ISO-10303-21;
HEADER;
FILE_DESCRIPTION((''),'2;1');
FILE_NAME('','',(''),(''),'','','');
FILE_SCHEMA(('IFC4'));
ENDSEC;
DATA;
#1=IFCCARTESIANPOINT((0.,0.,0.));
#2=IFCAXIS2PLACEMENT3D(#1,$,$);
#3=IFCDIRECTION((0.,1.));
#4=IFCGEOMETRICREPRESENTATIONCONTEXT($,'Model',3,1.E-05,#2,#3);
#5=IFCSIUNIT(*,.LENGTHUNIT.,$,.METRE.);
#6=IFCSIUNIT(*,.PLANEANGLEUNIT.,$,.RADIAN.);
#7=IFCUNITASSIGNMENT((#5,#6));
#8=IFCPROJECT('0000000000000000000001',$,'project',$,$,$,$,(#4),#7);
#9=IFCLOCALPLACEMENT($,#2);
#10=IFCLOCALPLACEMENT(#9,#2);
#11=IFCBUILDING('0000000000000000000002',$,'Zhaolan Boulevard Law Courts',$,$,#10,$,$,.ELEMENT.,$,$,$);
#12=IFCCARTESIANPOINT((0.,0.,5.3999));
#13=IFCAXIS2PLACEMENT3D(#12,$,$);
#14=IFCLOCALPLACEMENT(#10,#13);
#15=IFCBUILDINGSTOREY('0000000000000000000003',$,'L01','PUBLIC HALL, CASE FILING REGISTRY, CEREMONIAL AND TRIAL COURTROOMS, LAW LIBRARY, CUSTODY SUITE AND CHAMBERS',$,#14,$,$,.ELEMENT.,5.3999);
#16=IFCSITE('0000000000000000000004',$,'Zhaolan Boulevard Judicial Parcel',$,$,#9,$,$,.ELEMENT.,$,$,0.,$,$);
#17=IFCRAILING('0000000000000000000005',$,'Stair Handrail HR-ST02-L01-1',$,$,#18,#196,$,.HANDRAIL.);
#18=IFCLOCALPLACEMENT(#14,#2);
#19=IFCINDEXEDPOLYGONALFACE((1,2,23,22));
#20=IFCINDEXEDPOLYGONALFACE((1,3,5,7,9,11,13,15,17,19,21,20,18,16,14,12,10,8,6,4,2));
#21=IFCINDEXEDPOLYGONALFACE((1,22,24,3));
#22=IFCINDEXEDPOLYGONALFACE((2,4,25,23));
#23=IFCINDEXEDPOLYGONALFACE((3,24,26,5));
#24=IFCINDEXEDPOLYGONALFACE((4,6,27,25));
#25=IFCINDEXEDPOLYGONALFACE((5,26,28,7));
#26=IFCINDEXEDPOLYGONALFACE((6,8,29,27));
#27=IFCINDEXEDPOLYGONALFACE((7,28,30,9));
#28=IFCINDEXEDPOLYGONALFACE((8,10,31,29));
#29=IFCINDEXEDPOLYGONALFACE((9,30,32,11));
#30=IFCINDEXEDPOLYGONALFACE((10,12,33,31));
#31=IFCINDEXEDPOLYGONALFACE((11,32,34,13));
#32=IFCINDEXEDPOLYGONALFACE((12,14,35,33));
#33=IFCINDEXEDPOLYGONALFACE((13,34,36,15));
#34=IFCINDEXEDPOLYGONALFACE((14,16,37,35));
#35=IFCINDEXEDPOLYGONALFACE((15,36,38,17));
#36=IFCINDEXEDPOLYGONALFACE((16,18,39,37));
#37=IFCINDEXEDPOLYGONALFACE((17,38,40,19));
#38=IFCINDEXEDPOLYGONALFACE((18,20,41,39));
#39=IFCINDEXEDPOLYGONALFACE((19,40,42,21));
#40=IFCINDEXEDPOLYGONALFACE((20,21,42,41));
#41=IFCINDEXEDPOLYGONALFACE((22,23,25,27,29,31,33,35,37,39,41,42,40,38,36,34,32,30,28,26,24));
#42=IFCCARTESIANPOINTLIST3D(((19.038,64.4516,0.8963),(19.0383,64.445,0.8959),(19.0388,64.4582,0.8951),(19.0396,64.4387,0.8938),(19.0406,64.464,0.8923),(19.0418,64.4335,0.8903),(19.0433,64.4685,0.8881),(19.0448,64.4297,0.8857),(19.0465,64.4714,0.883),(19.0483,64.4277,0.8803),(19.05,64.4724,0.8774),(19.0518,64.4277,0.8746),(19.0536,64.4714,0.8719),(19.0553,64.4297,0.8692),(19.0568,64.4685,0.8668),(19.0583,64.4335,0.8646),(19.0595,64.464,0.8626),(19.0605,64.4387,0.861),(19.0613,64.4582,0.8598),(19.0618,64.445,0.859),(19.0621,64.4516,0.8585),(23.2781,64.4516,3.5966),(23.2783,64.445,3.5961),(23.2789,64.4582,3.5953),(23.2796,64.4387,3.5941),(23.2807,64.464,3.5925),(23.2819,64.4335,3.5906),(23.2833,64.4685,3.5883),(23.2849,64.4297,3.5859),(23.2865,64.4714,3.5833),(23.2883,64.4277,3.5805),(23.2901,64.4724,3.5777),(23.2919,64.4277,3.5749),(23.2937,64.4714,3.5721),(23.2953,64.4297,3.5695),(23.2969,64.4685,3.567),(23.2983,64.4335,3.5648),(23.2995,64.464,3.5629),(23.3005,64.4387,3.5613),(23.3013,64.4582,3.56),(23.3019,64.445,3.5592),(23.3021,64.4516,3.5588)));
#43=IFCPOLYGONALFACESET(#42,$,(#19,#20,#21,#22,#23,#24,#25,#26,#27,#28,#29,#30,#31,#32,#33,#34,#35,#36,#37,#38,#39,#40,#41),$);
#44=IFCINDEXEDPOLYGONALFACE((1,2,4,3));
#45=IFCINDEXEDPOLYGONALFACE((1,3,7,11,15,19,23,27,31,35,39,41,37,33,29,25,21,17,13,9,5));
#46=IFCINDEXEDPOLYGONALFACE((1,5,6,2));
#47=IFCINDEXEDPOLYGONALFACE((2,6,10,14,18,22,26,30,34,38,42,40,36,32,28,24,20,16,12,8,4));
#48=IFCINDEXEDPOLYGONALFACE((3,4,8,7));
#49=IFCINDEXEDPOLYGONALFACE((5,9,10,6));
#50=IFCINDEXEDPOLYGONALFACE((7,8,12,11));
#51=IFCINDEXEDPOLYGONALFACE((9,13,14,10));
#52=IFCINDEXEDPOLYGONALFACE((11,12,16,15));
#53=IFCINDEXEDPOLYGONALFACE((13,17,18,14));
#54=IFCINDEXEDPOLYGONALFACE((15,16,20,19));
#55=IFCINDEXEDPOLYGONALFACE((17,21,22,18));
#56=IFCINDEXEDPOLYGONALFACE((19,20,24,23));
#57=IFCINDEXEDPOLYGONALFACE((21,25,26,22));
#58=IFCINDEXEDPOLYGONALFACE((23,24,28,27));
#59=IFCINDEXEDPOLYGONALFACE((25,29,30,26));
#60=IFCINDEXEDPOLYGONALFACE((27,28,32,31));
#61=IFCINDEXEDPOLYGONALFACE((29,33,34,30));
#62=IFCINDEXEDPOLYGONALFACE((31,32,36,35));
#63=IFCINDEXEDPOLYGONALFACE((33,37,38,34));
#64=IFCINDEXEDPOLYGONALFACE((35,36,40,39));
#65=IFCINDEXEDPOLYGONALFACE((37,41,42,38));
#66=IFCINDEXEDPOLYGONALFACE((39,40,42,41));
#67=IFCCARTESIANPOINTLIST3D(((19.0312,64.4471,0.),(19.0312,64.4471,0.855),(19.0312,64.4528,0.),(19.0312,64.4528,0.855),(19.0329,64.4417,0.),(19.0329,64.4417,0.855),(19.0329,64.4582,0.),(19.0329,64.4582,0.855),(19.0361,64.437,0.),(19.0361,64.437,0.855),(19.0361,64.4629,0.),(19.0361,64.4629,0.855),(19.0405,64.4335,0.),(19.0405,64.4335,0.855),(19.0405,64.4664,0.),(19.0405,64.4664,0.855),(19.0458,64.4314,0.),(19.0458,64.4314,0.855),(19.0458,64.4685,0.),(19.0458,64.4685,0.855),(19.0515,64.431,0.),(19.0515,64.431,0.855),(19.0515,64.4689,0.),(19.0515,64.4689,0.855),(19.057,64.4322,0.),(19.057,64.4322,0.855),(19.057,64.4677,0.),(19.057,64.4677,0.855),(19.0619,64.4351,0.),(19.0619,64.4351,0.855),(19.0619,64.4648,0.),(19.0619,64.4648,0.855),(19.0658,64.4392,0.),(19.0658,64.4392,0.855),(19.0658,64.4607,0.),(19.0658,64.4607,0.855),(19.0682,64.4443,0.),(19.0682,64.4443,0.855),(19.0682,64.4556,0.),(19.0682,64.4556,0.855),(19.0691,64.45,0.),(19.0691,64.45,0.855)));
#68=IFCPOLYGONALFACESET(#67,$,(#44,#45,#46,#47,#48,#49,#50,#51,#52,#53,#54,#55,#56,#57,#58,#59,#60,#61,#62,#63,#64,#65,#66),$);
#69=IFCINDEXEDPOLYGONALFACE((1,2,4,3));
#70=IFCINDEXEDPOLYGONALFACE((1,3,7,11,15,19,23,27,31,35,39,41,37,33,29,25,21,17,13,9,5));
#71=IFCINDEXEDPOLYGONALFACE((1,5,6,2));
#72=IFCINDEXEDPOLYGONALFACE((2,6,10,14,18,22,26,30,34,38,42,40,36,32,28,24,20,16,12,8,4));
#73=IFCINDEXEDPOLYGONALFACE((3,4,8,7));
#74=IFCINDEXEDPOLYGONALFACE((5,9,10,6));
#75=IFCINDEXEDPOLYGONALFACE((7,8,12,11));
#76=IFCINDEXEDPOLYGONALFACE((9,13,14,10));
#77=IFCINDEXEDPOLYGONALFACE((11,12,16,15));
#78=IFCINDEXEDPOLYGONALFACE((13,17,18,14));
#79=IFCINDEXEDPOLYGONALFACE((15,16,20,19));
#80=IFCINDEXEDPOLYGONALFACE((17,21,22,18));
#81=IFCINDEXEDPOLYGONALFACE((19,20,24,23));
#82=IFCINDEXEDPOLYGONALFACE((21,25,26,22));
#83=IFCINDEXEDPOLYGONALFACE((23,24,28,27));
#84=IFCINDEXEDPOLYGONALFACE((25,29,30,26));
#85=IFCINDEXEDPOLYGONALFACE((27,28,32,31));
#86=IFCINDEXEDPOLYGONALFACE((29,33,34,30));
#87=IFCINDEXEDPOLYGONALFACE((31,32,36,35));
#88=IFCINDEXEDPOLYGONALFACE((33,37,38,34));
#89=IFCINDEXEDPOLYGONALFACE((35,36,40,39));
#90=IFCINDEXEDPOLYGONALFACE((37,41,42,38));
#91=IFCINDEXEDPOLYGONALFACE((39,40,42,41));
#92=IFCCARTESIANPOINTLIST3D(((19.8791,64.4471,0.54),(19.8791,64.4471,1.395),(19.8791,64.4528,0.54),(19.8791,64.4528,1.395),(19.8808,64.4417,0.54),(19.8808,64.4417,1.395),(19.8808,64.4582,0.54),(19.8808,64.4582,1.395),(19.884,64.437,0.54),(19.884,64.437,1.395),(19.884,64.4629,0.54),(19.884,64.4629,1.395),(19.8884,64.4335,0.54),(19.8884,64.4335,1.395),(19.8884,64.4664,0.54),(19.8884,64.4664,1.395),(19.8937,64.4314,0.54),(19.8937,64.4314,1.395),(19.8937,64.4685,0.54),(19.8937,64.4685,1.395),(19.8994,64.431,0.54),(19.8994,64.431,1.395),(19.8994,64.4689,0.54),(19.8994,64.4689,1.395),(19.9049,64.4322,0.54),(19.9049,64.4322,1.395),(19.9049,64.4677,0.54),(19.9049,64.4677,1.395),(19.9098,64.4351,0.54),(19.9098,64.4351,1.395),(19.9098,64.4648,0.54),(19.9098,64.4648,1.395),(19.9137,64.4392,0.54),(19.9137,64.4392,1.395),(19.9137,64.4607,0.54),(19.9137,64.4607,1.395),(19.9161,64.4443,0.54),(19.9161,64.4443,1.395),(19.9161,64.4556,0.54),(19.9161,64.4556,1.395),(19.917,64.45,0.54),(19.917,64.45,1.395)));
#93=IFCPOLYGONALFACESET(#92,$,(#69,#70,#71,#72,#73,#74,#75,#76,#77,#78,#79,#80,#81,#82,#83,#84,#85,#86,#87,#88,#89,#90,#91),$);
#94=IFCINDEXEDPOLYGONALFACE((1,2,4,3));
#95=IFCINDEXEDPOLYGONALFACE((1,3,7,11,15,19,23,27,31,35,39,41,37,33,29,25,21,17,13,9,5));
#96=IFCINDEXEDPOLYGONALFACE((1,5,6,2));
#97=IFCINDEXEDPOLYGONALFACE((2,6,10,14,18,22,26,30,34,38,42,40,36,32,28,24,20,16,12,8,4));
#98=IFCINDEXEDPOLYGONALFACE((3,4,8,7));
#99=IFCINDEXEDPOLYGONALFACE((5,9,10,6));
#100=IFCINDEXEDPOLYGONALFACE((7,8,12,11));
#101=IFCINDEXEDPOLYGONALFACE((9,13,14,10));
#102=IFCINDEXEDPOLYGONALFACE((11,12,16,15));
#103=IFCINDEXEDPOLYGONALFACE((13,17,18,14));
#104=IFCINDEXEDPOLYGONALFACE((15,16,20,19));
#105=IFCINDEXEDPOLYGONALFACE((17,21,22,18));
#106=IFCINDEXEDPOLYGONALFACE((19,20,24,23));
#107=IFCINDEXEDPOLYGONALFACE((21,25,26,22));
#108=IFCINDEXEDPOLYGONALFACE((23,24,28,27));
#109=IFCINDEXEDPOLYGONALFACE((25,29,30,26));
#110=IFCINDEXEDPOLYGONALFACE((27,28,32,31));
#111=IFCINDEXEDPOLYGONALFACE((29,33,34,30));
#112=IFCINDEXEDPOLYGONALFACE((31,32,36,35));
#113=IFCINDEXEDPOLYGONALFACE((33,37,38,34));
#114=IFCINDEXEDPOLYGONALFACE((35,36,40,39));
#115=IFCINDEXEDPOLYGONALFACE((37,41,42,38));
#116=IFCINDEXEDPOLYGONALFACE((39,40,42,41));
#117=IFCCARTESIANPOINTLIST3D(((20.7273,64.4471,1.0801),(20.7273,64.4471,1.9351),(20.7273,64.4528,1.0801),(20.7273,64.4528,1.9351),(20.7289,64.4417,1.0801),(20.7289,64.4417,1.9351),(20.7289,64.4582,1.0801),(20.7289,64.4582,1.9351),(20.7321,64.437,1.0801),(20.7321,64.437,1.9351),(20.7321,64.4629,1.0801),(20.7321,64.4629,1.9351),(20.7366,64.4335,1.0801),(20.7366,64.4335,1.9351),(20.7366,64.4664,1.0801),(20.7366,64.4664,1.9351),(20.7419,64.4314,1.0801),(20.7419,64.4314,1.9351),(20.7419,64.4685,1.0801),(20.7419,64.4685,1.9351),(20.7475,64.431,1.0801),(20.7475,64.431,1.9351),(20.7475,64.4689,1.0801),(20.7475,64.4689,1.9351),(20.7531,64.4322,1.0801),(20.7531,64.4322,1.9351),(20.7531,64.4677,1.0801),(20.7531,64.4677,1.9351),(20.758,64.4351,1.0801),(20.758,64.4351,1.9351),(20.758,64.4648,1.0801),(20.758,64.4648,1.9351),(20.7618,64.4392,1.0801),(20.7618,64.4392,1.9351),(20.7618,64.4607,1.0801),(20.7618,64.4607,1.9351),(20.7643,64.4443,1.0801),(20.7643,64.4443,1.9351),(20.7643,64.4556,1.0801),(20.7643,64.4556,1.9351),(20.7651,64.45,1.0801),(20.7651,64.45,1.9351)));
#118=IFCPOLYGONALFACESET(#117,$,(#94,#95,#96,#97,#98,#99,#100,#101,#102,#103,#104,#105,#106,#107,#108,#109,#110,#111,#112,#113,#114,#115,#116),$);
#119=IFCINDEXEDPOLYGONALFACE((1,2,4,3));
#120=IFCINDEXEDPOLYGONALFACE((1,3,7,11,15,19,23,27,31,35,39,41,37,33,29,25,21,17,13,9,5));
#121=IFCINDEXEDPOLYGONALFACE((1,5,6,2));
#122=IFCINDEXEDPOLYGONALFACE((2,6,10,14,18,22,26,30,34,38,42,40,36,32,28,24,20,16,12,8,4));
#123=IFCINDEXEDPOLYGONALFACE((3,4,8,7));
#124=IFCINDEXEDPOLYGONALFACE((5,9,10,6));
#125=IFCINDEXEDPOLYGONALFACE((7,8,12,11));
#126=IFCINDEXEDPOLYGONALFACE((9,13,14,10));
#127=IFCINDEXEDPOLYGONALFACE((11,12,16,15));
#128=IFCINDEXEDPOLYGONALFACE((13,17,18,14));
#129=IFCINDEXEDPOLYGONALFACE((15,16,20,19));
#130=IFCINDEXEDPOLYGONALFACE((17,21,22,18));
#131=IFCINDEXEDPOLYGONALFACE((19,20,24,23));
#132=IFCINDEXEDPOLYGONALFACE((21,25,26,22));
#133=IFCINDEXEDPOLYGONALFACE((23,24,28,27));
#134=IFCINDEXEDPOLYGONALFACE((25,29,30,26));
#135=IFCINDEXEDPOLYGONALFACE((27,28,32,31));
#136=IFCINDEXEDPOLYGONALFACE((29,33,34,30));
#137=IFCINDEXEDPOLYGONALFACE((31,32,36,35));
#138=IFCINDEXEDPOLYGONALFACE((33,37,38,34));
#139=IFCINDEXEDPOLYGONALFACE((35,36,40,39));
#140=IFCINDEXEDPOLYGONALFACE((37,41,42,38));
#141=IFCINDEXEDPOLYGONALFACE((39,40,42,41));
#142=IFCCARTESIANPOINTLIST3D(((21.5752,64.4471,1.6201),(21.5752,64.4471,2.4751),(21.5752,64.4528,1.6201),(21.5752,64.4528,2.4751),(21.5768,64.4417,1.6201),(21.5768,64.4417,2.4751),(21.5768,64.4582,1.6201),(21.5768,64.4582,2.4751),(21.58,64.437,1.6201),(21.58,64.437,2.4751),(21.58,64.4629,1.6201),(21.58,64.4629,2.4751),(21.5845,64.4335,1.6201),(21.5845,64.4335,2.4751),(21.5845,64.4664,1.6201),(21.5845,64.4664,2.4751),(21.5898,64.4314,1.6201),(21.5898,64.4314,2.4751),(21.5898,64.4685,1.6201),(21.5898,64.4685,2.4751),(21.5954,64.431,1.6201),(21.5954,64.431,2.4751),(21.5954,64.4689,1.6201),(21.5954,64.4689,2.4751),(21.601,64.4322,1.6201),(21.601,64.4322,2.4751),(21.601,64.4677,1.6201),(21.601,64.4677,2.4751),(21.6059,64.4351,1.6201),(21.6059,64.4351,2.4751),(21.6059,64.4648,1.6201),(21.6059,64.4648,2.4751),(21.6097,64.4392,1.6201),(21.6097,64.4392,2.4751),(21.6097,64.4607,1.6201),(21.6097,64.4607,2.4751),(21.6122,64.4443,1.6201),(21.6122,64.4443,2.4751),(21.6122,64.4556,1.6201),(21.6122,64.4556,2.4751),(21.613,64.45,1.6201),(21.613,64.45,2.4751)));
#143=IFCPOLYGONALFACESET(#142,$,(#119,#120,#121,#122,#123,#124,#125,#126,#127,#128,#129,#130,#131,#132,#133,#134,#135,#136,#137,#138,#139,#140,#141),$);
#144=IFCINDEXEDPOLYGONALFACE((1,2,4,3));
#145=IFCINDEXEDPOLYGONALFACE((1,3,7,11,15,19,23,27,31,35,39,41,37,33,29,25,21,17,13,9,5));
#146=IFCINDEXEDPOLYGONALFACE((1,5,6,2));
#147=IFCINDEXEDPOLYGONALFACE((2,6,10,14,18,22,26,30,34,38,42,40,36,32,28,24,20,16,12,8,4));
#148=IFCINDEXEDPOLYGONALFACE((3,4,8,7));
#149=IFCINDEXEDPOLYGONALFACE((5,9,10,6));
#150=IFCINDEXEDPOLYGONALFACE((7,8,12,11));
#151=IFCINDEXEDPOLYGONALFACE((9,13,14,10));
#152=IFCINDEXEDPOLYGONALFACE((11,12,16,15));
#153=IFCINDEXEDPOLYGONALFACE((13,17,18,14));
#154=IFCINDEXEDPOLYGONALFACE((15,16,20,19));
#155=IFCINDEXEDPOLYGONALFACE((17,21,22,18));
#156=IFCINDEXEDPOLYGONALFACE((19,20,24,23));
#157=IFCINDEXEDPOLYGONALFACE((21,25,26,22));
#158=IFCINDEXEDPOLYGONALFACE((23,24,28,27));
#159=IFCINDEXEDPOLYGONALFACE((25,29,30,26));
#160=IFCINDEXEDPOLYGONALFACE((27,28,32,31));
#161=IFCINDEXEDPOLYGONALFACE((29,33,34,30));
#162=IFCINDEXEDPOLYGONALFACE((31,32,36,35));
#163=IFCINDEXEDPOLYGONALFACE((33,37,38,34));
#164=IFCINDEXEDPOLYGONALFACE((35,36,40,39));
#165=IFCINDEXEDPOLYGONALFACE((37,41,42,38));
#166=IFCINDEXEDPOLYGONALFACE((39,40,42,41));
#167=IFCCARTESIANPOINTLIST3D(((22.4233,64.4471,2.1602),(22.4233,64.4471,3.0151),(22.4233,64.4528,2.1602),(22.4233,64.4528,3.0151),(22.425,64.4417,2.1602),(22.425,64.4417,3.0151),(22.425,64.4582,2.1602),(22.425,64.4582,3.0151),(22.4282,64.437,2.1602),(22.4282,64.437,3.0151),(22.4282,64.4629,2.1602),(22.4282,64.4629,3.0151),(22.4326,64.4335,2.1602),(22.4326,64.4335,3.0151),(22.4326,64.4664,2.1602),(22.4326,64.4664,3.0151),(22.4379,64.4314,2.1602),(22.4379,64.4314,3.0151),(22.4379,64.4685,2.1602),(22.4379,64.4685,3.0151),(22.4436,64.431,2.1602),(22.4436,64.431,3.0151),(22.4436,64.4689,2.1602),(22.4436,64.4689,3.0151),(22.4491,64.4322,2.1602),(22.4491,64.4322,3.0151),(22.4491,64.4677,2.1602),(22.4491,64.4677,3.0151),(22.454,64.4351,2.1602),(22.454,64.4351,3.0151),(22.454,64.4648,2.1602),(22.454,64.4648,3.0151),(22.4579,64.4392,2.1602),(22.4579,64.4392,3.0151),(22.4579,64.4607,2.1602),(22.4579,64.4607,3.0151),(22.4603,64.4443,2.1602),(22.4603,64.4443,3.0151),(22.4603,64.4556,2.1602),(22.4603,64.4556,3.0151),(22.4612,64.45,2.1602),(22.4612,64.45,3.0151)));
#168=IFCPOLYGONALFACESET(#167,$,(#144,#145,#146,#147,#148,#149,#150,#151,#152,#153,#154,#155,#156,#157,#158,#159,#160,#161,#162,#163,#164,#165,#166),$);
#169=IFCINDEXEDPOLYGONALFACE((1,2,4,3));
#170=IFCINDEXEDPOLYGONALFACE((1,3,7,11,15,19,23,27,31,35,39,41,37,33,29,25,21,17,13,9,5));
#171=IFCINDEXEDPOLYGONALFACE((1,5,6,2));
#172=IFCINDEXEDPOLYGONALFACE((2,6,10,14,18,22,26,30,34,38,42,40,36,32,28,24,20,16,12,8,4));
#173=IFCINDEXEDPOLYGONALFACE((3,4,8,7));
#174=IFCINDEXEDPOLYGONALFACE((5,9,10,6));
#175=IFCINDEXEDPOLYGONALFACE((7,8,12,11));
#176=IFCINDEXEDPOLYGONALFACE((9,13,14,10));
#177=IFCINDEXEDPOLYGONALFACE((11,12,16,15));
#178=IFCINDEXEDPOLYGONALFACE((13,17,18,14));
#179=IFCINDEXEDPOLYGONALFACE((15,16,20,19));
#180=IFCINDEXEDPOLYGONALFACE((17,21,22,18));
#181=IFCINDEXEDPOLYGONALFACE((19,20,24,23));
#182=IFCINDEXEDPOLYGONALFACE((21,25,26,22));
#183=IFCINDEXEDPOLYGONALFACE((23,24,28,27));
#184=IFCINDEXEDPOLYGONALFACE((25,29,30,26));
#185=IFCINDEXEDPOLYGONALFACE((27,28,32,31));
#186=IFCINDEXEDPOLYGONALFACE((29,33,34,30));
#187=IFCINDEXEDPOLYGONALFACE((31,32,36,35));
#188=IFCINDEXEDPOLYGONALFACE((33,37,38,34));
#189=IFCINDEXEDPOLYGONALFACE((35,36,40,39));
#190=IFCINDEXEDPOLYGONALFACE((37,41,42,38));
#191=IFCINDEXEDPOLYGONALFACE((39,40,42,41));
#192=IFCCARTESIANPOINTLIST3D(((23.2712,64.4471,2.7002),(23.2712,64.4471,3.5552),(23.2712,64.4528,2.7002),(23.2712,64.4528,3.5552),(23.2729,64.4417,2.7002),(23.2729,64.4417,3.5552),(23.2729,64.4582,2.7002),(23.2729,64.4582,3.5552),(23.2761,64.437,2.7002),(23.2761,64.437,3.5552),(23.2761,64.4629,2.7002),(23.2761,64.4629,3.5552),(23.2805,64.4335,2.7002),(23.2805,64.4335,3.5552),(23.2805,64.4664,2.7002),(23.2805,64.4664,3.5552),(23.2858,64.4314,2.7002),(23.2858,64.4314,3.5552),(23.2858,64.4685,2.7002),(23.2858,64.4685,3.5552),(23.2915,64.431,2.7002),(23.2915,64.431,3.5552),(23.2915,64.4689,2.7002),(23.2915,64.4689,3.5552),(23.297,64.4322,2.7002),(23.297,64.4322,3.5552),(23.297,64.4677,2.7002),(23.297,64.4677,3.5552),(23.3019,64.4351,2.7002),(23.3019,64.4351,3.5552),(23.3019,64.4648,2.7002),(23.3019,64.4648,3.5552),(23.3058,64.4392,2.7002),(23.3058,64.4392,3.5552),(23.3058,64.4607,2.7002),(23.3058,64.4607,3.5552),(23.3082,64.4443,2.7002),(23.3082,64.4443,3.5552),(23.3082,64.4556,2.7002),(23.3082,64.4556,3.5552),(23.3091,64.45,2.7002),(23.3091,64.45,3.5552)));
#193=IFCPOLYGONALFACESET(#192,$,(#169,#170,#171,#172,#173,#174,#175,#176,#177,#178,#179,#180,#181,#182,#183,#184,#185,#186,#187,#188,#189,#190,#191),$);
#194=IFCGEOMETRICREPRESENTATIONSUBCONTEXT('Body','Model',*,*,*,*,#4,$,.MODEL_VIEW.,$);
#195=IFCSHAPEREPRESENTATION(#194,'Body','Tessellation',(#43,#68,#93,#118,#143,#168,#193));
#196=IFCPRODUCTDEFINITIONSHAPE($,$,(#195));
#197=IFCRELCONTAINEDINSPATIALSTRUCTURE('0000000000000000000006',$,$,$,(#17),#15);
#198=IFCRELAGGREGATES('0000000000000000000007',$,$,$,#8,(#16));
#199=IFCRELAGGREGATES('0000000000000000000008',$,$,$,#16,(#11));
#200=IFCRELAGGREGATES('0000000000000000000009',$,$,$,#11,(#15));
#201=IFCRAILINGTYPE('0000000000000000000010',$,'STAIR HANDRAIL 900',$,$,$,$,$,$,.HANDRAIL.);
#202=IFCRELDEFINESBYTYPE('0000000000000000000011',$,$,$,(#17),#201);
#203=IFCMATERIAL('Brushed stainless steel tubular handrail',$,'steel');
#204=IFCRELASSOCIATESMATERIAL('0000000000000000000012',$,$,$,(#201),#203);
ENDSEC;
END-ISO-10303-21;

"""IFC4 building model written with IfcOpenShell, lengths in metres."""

from ifc_helpers import new_model, si_unit, direction, frame, origin, origin_2d, place, context, subcontext, project, spatial, circle, extrude, material, type_object, element, save


model = new_model("IFC4")

# Units and contexts
model_context = context("Model", 3, precision=1e-05, world=origin(), true_north=direction((0.0, 1.0)))
body_context = subcontext(model_context, "Body", "Model", "MODEL_VIEW")
ifc_project = project(units=[si_unit("LENGTHUNIT", "METRE"), si_unit("PLANEANGLEUNIT", "RADIAN")], contexts=[model_context])

# Site, building, storey
site_placement = place(None, origin())
site = spatial("IfcSite", under=ifc_project, at=site_placement, Name="Zhaolan Boulevard Judicial Parcel", CompositionType="ELEMENT", RefElevation=0.0)
building_placement = place(site_placement, origin())
building = spatial("IfcBuilding", under=site, at=building_placement, Name="Zhaolan Boulevard Law Courts", CompositionType="ELEMENT")
storey_placement = place(building_placement, frame((0.0, 0.0, 5.3999)))
storey = spatial("IfcBuildingStorey", under=building, at=storey_placement, Name="L01", Description="PUBLIC HALL, CASE FILING REGISTRY, CEREMONIAL AND TRIAL COURTROOMS, LAW LIBRARY, CUSTODY SUITE AND CHAMBERS", CompositionType="ELEMENT", Elevation=5.3999)

# Railing
ifc_material_1 = material(Name="Brushed stainless steel tubular handrail", Category="steel")
railing_type_1 = type_object("IfcRailingType", Name="STAIR HANDRAIL 900", PredefinedType="HANDRAIL", material=ifc_material_1)
railing_1_placement = place(storey_placement, frame((19.05, 64.45, 0.0)))
element("IfcRailing", 1, at=railing_1_placement, inside=storey, type_object=railing_type_1, Name="Stair Handrail HR-ST02-L01-1", PredefinedType="HANDRAIL", context=body_context, shape_type="SweptSolid", body=[
    extrude(circle(Radius=0.0225, at=origin_2d()), frame((0.0, 0.0, 0.8774), z_axis=(0.843479, 0.0, 0.537161), x_axis=(0.0, 1.0, 0.0)), (0.0, 0.0, 1.0), 5.0269),
    extrude(circle(Radius=0.019, at=origin_2d()), origin(), (0.0, 0.0, 1.0), 0.855),
    extrude(circle(Radius=0.019, at=origin_2d()), frame((0.8479, 0.0, 0.54)), (0.0, 0.0, 1.0), 0.855),
    extrude(circle(Radius=0.019, at=origin_2d()), frame((1.696, 0.0, 1.0801)), (0.0, 0.0, 1.0), 0.855),
    extrude(circle(Radius=0.019, at=origin_2d()), frame((2.5439, 0.0, 1.6201)), (0.0, 0.0, 1.0), 0.855),
    extrude(circle(Radius=0.019, at=origin_2d()), frame((3.3921, 0.0, 2.1602)), (0.0, 0.0, 1.0), 0.855),
    extrude(circle(Radius=0.019, at=origin_2d()), frame((4.24, 0.0, 2.7002)), (0.0, 0.0, 1.0), 0.855),
])

save(model, "model.ifc")
